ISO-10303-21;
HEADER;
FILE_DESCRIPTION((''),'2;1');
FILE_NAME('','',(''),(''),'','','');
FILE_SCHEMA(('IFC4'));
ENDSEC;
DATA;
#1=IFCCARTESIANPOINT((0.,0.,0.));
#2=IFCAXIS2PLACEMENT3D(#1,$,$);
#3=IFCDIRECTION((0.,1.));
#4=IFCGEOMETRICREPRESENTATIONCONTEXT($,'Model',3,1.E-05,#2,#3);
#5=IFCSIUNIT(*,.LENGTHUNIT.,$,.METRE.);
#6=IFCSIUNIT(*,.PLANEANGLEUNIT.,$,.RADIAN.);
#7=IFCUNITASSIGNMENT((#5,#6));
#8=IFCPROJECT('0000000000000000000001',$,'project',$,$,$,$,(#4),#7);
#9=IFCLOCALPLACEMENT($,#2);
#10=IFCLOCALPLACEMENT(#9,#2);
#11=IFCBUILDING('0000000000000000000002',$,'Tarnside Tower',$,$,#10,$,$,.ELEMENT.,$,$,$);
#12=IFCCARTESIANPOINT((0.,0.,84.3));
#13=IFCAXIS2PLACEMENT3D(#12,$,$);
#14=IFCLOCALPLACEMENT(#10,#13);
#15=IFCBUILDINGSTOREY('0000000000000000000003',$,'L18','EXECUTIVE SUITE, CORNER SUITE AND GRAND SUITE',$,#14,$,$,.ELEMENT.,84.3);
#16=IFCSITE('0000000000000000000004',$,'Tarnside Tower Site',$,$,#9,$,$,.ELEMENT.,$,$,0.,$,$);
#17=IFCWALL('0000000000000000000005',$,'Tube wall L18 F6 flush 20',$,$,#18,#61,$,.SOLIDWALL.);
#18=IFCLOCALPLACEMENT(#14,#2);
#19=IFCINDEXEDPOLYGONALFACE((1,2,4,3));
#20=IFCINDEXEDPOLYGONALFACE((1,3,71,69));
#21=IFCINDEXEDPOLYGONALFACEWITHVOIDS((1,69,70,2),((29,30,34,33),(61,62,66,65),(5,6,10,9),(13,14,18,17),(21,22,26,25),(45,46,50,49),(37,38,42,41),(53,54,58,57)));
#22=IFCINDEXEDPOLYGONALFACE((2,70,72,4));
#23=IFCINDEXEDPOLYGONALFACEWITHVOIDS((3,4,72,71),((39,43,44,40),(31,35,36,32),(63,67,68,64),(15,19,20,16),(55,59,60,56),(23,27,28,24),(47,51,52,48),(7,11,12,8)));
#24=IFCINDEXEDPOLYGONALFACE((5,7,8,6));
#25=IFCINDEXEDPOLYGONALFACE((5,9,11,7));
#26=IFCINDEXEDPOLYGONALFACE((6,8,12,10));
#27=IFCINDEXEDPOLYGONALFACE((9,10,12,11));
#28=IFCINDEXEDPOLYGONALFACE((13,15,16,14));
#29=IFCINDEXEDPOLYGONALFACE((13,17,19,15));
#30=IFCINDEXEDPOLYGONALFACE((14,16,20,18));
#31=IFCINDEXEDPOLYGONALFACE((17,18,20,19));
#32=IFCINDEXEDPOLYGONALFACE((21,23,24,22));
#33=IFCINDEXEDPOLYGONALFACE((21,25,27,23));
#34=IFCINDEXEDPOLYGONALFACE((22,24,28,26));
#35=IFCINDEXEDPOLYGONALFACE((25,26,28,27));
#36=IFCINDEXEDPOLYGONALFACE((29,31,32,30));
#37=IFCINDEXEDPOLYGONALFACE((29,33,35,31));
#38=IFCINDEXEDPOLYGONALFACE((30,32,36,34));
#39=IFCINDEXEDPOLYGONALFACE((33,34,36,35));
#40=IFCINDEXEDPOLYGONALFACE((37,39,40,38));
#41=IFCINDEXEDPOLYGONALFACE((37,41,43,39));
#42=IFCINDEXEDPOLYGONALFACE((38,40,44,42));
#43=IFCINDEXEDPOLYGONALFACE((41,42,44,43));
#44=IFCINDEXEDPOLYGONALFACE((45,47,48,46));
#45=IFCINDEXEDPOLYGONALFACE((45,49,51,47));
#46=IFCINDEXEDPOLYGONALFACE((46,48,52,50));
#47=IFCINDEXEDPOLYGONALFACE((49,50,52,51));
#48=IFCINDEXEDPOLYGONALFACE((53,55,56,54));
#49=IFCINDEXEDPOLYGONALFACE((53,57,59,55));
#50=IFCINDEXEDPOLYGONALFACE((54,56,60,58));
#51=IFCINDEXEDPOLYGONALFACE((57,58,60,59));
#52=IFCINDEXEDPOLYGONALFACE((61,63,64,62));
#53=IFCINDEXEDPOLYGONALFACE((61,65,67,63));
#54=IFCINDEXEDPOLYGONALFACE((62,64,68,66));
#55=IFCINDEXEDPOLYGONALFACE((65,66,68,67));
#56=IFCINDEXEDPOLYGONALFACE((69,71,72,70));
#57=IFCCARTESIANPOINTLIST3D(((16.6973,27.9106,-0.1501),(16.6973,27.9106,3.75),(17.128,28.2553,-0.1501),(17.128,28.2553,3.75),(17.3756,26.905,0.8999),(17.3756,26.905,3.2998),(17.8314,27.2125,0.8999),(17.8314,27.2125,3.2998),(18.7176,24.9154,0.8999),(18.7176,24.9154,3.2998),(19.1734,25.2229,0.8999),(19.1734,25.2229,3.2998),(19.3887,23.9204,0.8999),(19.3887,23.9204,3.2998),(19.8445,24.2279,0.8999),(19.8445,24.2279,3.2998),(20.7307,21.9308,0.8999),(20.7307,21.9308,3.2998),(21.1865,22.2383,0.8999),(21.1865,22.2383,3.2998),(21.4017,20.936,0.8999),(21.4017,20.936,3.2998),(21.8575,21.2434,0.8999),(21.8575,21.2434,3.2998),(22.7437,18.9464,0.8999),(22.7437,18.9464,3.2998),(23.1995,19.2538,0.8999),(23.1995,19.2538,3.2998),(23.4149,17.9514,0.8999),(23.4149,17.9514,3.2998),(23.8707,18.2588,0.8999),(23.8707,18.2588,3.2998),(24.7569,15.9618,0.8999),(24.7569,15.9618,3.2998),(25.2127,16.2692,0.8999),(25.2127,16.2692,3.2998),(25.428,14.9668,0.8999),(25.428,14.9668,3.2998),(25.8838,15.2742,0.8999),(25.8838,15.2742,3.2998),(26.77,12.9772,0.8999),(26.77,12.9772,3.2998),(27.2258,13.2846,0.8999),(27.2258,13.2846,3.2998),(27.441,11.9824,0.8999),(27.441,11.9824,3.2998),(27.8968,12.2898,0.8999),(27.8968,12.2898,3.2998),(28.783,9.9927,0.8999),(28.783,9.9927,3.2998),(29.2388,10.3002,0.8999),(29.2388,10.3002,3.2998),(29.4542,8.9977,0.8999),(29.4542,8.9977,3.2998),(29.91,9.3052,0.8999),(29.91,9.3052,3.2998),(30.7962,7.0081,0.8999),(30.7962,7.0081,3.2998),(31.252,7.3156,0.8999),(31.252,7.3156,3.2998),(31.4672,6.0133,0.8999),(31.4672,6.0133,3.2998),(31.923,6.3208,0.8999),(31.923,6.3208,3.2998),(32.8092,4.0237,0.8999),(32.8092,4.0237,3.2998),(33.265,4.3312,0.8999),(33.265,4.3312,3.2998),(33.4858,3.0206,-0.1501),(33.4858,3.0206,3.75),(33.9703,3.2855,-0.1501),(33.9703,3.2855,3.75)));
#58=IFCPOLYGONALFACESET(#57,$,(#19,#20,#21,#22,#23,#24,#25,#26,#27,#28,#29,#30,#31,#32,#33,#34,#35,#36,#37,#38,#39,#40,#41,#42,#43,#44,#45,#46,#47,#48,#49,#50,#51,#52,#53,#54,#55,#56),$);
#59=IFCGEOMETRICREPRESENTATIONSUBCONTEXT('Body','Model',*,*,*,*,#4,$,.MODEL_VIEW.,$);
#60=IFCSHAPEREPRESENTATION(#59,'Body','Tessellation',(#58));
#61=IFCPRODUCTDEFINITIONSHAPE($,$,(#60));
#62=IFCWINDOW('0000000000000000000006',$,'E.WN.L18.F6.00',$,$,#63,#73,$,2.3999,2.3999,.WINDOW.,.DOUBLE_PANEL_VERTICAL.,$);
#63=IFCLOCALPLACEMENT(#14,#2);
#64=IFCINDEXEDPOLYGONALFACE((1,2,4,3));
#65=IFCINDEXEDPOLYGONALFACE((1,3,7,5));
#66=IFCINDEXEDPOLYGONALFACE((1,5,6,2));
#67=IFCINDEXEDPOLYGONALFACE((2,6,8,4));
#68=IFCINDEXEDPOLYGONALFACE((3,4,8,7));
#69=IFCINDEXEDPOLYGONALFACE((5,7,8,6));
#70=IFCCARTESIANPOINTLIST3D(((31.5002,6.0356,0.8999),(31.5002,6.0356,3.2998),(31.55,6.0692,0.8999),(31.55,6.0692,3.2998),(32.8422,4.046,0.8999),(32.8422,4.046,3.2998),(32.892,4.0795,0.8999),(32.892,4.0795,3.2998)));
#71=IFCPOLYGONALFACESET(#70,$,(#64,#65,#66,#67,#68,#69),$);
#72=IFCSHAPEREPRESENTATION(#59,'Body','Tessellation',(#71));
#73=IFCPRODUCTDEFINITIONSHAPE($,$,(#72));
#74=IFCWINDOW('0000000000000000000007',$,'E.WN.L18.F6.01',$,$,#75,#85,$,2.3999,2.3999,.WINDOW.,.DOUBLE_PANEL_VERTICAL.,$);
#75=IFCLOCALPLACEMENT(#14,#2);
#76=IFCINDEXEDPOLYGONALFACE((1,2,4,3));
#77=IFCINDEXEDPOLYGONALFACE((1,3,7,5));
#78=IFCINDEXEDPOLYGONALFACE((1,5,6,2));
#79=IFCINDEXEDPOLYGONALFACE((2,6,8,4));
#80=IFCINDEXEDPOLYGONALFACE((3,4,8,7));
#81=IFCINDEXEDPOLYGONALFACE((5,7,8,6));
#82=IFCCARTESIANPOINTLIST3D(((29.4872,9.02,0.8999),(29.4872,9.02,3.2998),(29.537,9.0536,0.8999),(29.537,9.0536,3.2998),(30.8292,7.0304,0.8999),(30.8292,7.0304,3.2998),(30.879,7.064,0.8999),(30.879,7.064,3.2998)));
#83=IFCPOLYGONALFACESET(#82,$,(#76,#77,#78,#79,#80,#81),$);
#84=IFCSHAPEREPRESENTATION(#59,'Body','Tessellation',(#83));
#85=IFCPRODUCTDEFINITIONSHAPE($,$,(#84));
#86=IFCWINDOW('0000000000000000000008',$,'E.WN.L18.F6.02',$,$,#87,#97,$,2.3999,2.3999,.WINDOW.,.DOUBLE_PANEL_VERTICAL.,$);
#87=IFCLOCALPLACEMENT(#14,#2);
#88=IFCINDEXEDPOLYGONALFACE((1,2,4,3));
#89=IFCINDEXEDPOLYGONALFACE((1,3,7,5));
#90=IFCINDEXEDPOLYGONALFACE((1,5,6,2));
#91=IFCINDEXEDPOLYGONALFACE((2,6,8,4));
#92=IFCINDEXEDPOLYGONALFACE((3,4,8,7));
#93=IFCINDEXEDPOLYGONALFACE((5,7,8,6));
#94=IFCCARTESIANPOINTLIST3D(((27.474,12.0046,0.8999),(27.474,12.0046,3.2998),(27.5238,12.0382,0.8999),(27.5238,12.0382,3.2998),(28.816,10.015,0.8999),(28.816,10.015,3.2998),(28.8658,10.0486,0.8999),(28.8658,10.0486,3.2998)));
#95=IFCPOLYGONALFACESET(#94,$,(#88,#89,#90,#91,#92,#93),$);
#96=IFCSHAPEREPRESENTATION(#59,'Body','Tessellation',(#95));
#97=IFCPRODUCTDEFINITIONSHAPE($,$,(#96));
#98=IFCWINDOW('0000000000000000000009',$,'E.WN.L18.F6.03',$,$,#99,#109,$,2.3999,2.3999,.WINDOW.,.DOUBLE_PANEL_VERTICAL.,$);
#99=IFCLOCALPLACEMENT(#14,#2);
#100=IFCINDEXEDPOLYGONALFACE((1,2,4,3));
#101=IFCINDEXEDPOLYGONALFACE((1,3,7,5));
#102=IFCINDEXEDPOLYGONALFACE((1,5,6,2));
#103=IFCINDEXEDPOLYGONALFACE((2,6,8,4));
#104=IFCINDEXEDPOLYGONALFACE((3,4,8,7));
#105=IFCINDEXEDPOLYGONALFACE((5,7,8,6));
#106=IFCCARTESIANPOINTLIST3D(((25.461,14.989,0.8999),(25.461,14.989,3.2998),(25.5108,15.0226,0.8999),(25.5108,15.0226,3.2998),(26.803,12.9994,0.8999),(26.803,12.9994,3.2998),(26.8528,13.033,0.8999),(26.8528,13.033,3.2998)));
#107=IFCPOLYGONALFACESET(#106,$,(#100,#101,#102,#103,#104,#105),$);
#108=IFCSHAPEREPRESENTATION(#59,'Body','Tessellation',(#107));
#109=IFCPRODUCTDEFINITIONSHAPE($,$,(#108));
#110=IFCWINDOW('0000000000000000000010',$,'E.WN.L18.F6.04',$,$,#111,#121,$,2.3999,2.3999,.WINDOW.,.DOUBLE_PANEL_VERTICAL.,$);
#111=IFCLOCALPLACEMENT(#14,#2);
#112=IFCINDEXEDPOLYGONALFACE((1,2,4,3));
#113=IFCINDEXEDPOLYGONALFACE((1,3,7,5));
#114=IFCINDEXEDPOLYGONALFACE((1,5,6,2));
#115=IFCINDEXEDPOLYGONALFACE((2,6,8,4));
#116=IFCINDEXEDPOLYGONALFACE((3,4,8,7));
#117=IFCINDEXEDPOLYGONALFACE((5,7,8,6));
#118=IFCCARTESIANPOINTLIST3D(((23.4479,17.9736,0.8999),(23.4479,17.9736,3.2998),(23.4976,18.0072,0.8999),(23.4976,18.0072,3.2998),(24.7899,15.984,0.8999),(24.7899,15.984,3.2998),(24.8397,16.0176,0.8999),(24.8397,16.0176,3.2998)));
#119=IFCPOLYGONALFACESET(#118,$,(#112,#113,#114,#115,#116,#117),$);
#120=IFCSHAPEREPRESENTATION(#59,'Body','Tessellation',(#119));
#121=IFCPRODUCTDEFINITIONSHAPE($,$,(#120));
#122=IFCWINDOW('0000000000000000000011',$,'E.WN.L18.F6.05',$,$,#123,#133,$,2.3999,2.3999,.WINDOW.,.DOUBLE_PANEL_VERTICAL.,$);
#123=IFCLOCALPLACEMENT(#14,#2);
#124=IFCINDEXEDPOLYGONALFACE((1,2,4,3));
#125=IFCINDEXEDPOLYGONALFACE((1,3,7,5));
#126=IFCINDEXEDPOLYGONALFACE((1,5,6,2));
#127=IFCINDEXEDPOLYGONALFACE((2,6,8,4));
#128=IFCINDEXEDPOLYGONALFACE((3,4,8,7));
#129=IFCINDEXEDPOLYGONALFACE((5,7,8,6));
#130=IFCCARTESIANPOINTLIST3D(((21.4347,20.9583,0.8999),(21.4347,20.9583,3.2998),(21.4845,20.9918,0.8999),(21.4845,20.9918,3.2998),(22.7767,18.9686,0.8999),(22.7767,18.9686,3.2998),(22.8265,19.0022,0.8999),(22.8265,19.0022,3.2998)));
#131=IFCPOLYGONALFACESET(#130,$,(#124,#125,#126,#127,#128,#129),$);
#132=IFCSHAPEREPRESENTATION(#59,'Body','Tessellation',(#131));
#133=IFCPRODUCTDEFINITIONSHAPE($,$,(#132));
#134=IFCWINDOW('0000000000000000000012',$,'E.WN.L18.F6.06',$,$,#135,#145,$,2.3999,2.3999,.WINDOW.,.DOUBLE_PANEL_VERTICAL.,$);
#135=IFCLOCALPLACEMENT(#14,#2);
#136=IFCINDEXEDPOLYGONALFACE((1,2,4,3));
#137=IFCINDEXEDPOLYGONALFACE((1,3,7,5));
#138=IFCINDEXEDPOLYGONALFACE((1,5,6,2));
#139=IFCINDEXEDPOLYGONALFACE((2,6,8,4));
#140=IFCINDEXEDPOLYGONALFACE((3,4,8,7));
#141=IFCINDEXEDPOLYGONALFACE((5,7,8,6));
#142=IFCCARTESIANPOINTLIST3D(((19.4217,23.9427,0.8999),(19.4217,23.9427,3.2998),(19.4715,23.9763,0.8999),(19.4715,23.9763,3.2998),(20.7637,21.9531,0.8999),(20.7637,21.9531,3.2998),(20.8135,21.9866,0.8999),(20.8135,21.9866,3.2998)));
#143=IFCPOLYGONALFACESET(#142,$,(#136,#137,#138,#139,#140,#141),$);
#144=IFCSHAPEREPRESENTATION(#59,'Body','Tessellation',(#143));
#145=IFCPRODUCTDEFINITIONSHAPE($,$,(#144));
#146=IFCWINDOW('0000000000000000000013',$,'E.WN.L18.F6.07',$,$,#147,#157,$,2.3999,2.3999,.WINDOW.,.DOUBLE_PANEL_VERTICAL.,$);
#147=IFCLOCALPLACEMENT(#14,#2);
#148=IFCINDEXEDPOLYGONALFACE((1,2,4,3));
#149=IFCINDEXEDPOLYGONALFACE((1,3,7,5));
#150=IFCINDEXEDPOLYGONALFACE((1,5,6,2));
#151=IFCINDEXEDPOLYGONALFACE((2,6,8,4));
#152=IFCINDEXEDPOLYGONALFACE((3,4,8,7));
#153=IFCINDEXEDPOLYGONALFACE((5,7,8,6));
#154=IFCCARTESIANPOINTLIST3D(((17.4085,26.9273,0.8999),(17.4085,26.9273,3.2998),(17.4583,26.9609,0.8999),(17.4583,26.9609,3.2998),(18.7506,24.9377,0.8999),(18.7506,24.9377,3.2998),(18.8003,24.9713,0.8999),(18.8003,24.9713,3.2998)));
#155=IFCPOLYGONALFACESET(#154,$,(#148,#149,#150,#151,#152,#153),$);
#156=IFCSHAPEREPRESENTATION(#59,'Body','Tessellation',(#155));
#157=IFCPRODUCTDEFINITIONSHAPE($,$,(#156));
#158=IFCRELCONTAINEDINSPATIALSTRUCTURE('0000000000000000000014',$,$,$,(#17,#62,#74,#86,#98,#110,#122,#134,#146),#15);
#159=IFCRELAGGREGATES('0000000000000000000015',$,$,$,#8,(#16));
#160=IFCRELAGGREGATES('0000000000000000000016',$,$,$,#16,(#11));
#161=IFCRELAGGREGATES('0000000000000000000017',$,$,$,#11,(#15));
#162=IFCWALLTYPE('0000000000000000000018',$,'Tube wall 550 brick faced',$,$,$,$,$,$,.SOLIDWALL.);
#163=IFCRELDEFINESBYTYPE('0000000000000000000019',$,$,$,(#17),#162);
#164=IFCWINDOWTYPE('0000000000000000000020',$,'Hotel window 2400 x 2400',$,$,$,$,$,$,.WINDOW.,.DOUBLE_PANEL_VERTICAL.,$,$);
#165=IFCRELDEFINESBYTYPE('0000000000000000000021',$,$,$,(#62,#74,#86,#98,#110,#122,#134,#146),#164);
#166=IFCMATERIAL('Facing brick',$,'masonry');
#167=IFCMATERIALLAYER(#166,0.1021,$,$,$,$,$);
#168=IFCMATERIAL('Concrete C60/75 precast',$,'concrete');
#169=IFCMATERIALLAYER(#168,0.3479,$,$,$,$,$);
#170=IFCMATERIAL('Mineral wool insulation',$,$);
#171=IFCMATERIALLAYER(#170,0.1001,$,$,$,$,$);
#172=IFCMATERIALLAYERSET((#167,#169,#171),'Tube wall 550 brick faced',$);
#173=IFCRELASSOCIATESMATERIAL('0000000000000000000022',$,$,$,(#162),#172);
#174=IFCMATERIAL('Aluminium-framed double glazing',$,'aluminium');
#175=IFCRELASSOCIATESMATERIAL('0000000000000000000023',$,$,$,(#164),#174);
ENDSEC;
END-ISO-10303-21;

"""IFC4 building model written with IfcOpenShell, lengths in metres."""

from ifc_helpers import new_model, si_unit, direction, frame, frame_2d, origin, place, context, subcontext, project, spatial, polyline, rectangle, outline, extrude, material, layer, layer_set, type_object, element, fill, save


model = new_model("IFC4")

# Units and contexts
model_context = context("Model", 3, precision=1e-05, world=origin(), true_north=direction((0.0, 1.0)))
body_context = subcontext(model_context, "Body", "Model", "MODEL_VIEW")
ifc_project = project(units=[si_unit("LENGTHUNIT", "METRE"), si_unit("PLANEANGLEUNIT", "RADIAN")], contexts=[model_context])

# Site, building, storey
site_placement = place(None, origin())
site = spatial("IfcSite", under=ifc_project, at=site_placement, Name="Tarnside Tower Site", CompositionType="ELEMENT", RefElevation=0.0)
building_placement = place(site_placement, origin())
building = spatial("IfcBuilding", under=site, at=building_placement, Name="Tarnside Tower", CompositionType="ELEMENT")
storey_placement = place(building_placement, frame((0.0, 0.0, 84.3)))
storey = spatial("IfcBuildingStorey", under=building, at=storey_placement, Name="L18", Description="EXECUTIVE SUITE, CORNER SUITE AND GRAND SUITE", CompositionType="ELEMENT", Elevation=84.3)

# Shared definitions
ifc_material_1 = material(Name="Facing brick", Category="masonry")
ifc_layer_1 = layer(ifc_material_1, 0.1021)
ifc_material_2 = material(Name="Concrete C60/75 precast", Category="concrete")
ifc_layer_2 = layer(ifc_material_2, 0.3479)
ifc_material_3 = material(Name="Mineral wool insulation")
ifc_layer_3 = layer(ifc_material_3, 0.1001)
ifc_layer_set_1 = layer_set([ifc_layer_1, ifc_layer_2, ifc_layer_3], Name="Tube wall 550 brick faced")
wall_type_1 = type_object("IfcWallType", Name="Tube wall 550 brick faced", PredefinedType="SOLIDWALL", material=ifc_layer_set_1)

# Wall, openings, windows
wall_1_placement = place(storey_placement, frame((33.728, 3.1531, -0.1501), z_axis=(0.0, 0.0, 1.0), x_axis=(-0.559192, 0.829038, 0.0)))
wall_1 = element("IfcWall", 1, at=wall_1_placement, inside=storey, type_object=wall_type_1, Name="Tube wall L18 F6 flush 20", PredefinedType="SOLIDWALL", context=body_context, shape_type="SweptSolid", body=[
    extrude(outline(polyline([(-0.0256, -0.2749), (30.0933, -0.2749), (30.0483, 0.2749), (0.0256, 0.2749), (-0.0256, -0.2749)])), origin(), (0.0, 0.0, 1.0), 3.9001),
])
opening_1_placement = place(wall_1_placement, frame((1.2356, 0.0, 1.05)))
opening_1 = element("IfcOpeningElement", 2, at=opening_1_placement, cuts=wall_1, PredefinedType="OPENING", context=body_context, shape_type="SweptSolid", body=[
    extrude(rectangle(XDim=2.3999, YDim=2.3999, at=frame_2d((1.2, 1.2))), frame((0.0, 0.2852, 0.0), z_axis=(0.0, -1.0, 0.0), x_axis=(1.0, 0.0, 0.0)), (0.0, 0.0, 1.0), 0.5701),
])
opening_2_placement = place(wall_1_placement, frame((4.8354, 0.0, 1.05)))
opening_2 = element("IfcOpeningElement", 3, at=opening_2_placement, cuts=wall_1, PredefinedType="OPENING", context=body_context, shape_type="SweptSolid", body=[
    extrude(rectangle(XDim=2.3999, YDim=2.3999, at=frame_2d((1.2, 1.2))), frame((0.0, 0.2852, 0.0), z_axis=(0.0, -1.0, 0.0), x_axis=(1.0, 0.0, 0.0)), (0.0, 0.0, 1.0), 0.5701),
])
opening_3_placement = place(wall_1_placement, frame((8.4355, 0.0, 1.05)))
opening_3 = element("IfcOpeningElement", 4, at=opening_3_placement, cuts=wall_1, PredefinedType="OPENING", context=body_context, shape_type="SweptSolid", body=[
    extrude(rectangle(XDim=2.3999, YDim=2.3999, at=frame_2d((1.2, 1.2))), frame((0.0, 0.2852, 0.0), z_axis=(0.0, -1.0, 0.0), x_axis=(1.0, 0.0, 0.0)), (0.0, 0.0, 1.0), 0.5701),
])
opening_4_placement = place(wall_1_placement, frame((12.0354, 0.0, 1.05)))
opening_4 = element("IfcOpeningElement", 5, at=opening_4_placement, cuts=wall_1, PredefinedType="OPENING", context=body_context, shape_type="SweptSolid", body=[
    extrude(rectangle(XDim=2.3999, YDim=2.3999, at=frame_2d((1.2, 1.2))), frame((0.0, 0.2852, 0.0), z_axis=(0.0, -1.0, 0.0), x_axis=(1.0, 0.0, 0.0)), (0.0, 0.0, 1.0), 0.5701),
])
opening_5_placement = place(wall_1_placement, frame((15.6355, 0.0, 1.05)))
opening_5 = element("IfcOpeningElement", 6, at=opening_5_placement, cuts=wall_1, PredefinedType="OPENING", context=body_context, shape_type="SweptSolid", body=[
    extrude(rectangle(XDim=2.3999, YDim=2.3999, at=frame_2d((1.2, 1.2))), frame((0.0, 0.2852, 0.0), z_axis=(0.0, -1.0, 0.0), x_axis=(1.0, 0.0, 0.0)), (0.0, 0.0, 1.0), 0.5701),
])
opening_6_placement = place(wall_1_placement, frame((19.2356, 0.0, 1.05)))
opening_6 = element("IfcOpeningElement", 7, at=opening_6_placement, cuts=wall_1, PredefinedType="OPENING", context=body_context, shape_type="SweptSolid", body=[
    extrude(rectangle(XDim=2.3999, YDim=2.3999, at=frame_2d((1.2, 1.2))), frame((0.0, 0.2852, 0.0), z_axis=(0.0, -1.0, 0.0), x_axis=(1.0, 0.0, 0.0)), (0.0, 0.0, 1.0), 0.5701),
])
opening_7_placement = place(wall_1_placement, frame((22.8354, 0.0, 1.05)))
opening_7 = element("IfcOpeningElement", 8, at=opening_7_placement, cuts=wall_1, PredefinedType="OPENING", context=body_context, shape_type="SweptSolid", body=[
    extrude(rectangle(XDim=2.3999, YDim=2.3999, at=frame_2d((1.2, 1.2))), frame((0.0, 0.2852, 0.0), z_axis=(0.0, -1.0, 0.0), x_axis=(1.0, 0.0, 0.0)), (0.0, 0.0, 1.0), 0.5701),
])
opening_8_placement = place(wall_1_placement, frame((26.4355, 0.0, 1.05)))
opening_8 = element("IfcOpeningElement", 9, at=opening_8_placement, cuts=wall_1, PredefinedType="OPENING", context=body_context, shape_type="SweptSolid", body=[
    extrude(rectangle(XDim=2.3999, YDim=2.3999, at=frame_2d((1.2, 1.2))), frame((0.0, 0.2852, 0.0), z_axis=(0.0, -1.0, 0.0), x_axis=(1.0, 0.0, 0.0)), (0.0, 0.0, 1.0), 0.5701),
])
ifc_material_4 = material(Name="Aluminium-framed double glazing", Category="aluminium")
window_type = type_object("IfcWindowType", Name="Hotel window 2400 x 2400", PartitioningType="DOUBLE_PANEL_VERTICAL", PredefinedType="WINDOW", material=ifc_material_4)
window_1_placement = place(opening_1_placement, frame((0.0, 0.2051, 0.0)))
window_1 = element("IfcWindow", 10, at=window_1_placement, inside=storey, type_object=window_type, Name="E.WN.L18.F6.00", OverallHeight=2.3999, OverallWidth=2.3999, PartitioningType="DOUBLE_PANEL_VERTICAL", PredefinedType="WINDOW", context=body_context, shape_type="SweptSolid", body=[
    extrude(rectangle(XDim=2.3999, YDim=2.3999, at=frame_2d((1.2, 1.2))), frame((0.0, 0.03, 0.0), z_axis=(0.0, -1.0, 0.0), x_axis=(1.0, 0.0, 0.0)), (0.0, 0.0, 1.0), 0.0601),
])
fill(opening_1, window_1)
window_2_placement = place(opening_2_placement, frame((0.0, 0.2051, 0.0)))
window_2 = element("IfcWindow", 11, at=window_2_placement, inside=storey, type_object=window_type, Name="E.WN.L18.F6.01", OverallHeight=2.3999, OverallWidth=2.3999, PartitioningType="DOUBLE_PANEL_VERTICAL", PredefinedType="WINDOW", context=body_context, shape_type="SweptSolid", body=[
    extrude(rectangle(XDim=2.3999, YDim=2.3999, at=frame_2d((1.2, 1.2))), frame((0.0, 0.03, 0.0), z_axis=(0.0, -1.0, 0.0), x_axis=(1.0, 0.0, 0.0)), (0.0, 0.0, 1.0), 0.0601),
])
fill(opening_2, window_2)
window_3_placement = place(opening_3_placement, frame((0.0, 0.2051, 0.0)))
window_3 = element("IfcWindow", 12, at=window_3_placement, inside=storey, type_object=window_type, Name="E.WN.L18.F6.02", OverallHeight=2.3999, OverallWidth=2.3999, PartitioningType="DOUBLE_PANEL_VERTICAL", PredefinedType="WINDOW", context=body_context, shape_type="SweptSolid", body=[
    extrude(rectangle(XDim=2.3999, YDim=2.3999, at=frame_2d((1.2, 1.2))), frame((0.0, 0.03, 0.0), z_axis=(0.0, -1.0, 0.0), x_axis=(1.0, 0.0, 0.0)), (0.0, 0.0, 1.0), 0.0601),
])
fill(opening_3, window_3)
window_4_placement = place(opening_4_placement, frame((0.0, 0.2051, 0.0)))
window_4 = element("IfcWindow", 13, at=window_4_placement, inside=storey, type_object=window_type, Name="E.WN.L18.F6.03", OverallHeight=2.3999, OverallWidth=2.3999, PartitioningType="DOUBLE_PANEL_VERTICAL", PredefinedType="WINDOW", context=body_context, shape_type="SweptSolid", body=[
    extrude(rectangle(XDim=2.3999, YDim=2.3999, at=frame_2d((1.2, 1.2))), frame((0.0, 0.03, 0.0), z_axis=(0.0, -1.0, 0.0), x_axis=(1.0, 0.0, 0.0)), (0.0, 0.0, 1.0), 0.0601),
])
fill(opening_4, window_4)
window_5_placement = place(opening_5_placement, frame((0.0, 0.2051, 0.0)))
window_5 = element("IfcWindow", 14, at=window_5_placement, inside=storey, type_object=window_type, Name="E.WN.L18.F6.04", OverallHeight=2.3999, OverallWidth=2.3999, PartitioningType="DOUBLE_PANEL_VERTICAL", PredefinedType="WINDOW", context=body_context, shape_type="SweptSolid", body=[
    extrude(rectangle(XDim=2.3999, YDim=2.3999, at=frame_2d((1.2, 1.2))), frame((0.0, 0.03, 0.0), z_axis=(0.0, -1.0, 0.0), x_axis=(1.0, 0.0, 0.0)), (0.0, 0.0, 1.0), 0.0601),
])
fill(opening_5, window_5)
window_6_placement = place(opening_6_placement, frame((0.0, 0.2051, 0.0)))
window_6 = element("IfcWindow", 15, at=window_6_placement, inside=storey, type_object=window_type, Name="E.WN.L18.F6.05", OverallHeight=2.3999, OverallWidth=2.3999, PartitioningType="DOUBLE_PANEL_VERTICAL", PredefinedType="WINDOW", context=body_context, shape_type="SweptSolid", body=[
    extrude(rectangle(XDim=2.3999, YDim=2.3999, at=frame_2d((1.2, 1.2))), frame((0.0, 0.03, 0.0), z_axis=(0.0, -1.0, 0.0), x_axis=(1.0, 0.0, 0.0)), (0.0, 0.0, 1.0), 0.0601),
])
fill(opening_6, window_6)
window_7_placement = place(opening_7_placement, frame((0.0, 0.2051, 0.0)))
window_7 = element("IfcWindow", 16, at=window_7_placement, inside=storey, type_object=window_type, Name="E.WN.L18.F6.06", OverallHeight=2.3999, OverallWidth=2.3999, PartitioningType="DOUBLE_PANEL_VERTICAL", PredefinedType="WINDOW", context=body_context, shape_type="SweptSolid", body=[
    extrude(rectangle(XDim=2.3999, YDim=2.3999, at=frame_2d((1.2, 1.2))), frame((0.0, 0.03, 0.0), z_axis=(0.0, -1.0, 0.0), x_axis=(1.0, 0.0, 0.0)), (0.0, 0.0, 1.0), 0.0601),
])
fill(opening_7, window_7)
window_8_placement = place(opening_8_placement, frame((0.0, 0.2051, 0.0)))
window_8 = element("IfcWindow", 17, at=window_8_placement, inside=storey, type_object=window_type, Name="E.WN.L18.F6.07", OverallHeight=2.3999, OverallWidth=2.3999, PartitioningType="DOUBLE_PANEL_VERTICAL", PredefinedType="WINDOW", context=body_context, shape_type="SweptSolid", body=[
    extrude(rectangle(XDim=2.3999, YDim=2.3999, at=frame_2d((1.2, 1.2))), frame((0.0, 0.03, 0.0), z_axis=(0.0, -1.0, 0.0), x_axis=(1.0, 0.0, 0.0)), (0.0, 0.0, 1.0), 0.0601),
])
fill(opening_8, window_8)

save(model, "model.ifc")
